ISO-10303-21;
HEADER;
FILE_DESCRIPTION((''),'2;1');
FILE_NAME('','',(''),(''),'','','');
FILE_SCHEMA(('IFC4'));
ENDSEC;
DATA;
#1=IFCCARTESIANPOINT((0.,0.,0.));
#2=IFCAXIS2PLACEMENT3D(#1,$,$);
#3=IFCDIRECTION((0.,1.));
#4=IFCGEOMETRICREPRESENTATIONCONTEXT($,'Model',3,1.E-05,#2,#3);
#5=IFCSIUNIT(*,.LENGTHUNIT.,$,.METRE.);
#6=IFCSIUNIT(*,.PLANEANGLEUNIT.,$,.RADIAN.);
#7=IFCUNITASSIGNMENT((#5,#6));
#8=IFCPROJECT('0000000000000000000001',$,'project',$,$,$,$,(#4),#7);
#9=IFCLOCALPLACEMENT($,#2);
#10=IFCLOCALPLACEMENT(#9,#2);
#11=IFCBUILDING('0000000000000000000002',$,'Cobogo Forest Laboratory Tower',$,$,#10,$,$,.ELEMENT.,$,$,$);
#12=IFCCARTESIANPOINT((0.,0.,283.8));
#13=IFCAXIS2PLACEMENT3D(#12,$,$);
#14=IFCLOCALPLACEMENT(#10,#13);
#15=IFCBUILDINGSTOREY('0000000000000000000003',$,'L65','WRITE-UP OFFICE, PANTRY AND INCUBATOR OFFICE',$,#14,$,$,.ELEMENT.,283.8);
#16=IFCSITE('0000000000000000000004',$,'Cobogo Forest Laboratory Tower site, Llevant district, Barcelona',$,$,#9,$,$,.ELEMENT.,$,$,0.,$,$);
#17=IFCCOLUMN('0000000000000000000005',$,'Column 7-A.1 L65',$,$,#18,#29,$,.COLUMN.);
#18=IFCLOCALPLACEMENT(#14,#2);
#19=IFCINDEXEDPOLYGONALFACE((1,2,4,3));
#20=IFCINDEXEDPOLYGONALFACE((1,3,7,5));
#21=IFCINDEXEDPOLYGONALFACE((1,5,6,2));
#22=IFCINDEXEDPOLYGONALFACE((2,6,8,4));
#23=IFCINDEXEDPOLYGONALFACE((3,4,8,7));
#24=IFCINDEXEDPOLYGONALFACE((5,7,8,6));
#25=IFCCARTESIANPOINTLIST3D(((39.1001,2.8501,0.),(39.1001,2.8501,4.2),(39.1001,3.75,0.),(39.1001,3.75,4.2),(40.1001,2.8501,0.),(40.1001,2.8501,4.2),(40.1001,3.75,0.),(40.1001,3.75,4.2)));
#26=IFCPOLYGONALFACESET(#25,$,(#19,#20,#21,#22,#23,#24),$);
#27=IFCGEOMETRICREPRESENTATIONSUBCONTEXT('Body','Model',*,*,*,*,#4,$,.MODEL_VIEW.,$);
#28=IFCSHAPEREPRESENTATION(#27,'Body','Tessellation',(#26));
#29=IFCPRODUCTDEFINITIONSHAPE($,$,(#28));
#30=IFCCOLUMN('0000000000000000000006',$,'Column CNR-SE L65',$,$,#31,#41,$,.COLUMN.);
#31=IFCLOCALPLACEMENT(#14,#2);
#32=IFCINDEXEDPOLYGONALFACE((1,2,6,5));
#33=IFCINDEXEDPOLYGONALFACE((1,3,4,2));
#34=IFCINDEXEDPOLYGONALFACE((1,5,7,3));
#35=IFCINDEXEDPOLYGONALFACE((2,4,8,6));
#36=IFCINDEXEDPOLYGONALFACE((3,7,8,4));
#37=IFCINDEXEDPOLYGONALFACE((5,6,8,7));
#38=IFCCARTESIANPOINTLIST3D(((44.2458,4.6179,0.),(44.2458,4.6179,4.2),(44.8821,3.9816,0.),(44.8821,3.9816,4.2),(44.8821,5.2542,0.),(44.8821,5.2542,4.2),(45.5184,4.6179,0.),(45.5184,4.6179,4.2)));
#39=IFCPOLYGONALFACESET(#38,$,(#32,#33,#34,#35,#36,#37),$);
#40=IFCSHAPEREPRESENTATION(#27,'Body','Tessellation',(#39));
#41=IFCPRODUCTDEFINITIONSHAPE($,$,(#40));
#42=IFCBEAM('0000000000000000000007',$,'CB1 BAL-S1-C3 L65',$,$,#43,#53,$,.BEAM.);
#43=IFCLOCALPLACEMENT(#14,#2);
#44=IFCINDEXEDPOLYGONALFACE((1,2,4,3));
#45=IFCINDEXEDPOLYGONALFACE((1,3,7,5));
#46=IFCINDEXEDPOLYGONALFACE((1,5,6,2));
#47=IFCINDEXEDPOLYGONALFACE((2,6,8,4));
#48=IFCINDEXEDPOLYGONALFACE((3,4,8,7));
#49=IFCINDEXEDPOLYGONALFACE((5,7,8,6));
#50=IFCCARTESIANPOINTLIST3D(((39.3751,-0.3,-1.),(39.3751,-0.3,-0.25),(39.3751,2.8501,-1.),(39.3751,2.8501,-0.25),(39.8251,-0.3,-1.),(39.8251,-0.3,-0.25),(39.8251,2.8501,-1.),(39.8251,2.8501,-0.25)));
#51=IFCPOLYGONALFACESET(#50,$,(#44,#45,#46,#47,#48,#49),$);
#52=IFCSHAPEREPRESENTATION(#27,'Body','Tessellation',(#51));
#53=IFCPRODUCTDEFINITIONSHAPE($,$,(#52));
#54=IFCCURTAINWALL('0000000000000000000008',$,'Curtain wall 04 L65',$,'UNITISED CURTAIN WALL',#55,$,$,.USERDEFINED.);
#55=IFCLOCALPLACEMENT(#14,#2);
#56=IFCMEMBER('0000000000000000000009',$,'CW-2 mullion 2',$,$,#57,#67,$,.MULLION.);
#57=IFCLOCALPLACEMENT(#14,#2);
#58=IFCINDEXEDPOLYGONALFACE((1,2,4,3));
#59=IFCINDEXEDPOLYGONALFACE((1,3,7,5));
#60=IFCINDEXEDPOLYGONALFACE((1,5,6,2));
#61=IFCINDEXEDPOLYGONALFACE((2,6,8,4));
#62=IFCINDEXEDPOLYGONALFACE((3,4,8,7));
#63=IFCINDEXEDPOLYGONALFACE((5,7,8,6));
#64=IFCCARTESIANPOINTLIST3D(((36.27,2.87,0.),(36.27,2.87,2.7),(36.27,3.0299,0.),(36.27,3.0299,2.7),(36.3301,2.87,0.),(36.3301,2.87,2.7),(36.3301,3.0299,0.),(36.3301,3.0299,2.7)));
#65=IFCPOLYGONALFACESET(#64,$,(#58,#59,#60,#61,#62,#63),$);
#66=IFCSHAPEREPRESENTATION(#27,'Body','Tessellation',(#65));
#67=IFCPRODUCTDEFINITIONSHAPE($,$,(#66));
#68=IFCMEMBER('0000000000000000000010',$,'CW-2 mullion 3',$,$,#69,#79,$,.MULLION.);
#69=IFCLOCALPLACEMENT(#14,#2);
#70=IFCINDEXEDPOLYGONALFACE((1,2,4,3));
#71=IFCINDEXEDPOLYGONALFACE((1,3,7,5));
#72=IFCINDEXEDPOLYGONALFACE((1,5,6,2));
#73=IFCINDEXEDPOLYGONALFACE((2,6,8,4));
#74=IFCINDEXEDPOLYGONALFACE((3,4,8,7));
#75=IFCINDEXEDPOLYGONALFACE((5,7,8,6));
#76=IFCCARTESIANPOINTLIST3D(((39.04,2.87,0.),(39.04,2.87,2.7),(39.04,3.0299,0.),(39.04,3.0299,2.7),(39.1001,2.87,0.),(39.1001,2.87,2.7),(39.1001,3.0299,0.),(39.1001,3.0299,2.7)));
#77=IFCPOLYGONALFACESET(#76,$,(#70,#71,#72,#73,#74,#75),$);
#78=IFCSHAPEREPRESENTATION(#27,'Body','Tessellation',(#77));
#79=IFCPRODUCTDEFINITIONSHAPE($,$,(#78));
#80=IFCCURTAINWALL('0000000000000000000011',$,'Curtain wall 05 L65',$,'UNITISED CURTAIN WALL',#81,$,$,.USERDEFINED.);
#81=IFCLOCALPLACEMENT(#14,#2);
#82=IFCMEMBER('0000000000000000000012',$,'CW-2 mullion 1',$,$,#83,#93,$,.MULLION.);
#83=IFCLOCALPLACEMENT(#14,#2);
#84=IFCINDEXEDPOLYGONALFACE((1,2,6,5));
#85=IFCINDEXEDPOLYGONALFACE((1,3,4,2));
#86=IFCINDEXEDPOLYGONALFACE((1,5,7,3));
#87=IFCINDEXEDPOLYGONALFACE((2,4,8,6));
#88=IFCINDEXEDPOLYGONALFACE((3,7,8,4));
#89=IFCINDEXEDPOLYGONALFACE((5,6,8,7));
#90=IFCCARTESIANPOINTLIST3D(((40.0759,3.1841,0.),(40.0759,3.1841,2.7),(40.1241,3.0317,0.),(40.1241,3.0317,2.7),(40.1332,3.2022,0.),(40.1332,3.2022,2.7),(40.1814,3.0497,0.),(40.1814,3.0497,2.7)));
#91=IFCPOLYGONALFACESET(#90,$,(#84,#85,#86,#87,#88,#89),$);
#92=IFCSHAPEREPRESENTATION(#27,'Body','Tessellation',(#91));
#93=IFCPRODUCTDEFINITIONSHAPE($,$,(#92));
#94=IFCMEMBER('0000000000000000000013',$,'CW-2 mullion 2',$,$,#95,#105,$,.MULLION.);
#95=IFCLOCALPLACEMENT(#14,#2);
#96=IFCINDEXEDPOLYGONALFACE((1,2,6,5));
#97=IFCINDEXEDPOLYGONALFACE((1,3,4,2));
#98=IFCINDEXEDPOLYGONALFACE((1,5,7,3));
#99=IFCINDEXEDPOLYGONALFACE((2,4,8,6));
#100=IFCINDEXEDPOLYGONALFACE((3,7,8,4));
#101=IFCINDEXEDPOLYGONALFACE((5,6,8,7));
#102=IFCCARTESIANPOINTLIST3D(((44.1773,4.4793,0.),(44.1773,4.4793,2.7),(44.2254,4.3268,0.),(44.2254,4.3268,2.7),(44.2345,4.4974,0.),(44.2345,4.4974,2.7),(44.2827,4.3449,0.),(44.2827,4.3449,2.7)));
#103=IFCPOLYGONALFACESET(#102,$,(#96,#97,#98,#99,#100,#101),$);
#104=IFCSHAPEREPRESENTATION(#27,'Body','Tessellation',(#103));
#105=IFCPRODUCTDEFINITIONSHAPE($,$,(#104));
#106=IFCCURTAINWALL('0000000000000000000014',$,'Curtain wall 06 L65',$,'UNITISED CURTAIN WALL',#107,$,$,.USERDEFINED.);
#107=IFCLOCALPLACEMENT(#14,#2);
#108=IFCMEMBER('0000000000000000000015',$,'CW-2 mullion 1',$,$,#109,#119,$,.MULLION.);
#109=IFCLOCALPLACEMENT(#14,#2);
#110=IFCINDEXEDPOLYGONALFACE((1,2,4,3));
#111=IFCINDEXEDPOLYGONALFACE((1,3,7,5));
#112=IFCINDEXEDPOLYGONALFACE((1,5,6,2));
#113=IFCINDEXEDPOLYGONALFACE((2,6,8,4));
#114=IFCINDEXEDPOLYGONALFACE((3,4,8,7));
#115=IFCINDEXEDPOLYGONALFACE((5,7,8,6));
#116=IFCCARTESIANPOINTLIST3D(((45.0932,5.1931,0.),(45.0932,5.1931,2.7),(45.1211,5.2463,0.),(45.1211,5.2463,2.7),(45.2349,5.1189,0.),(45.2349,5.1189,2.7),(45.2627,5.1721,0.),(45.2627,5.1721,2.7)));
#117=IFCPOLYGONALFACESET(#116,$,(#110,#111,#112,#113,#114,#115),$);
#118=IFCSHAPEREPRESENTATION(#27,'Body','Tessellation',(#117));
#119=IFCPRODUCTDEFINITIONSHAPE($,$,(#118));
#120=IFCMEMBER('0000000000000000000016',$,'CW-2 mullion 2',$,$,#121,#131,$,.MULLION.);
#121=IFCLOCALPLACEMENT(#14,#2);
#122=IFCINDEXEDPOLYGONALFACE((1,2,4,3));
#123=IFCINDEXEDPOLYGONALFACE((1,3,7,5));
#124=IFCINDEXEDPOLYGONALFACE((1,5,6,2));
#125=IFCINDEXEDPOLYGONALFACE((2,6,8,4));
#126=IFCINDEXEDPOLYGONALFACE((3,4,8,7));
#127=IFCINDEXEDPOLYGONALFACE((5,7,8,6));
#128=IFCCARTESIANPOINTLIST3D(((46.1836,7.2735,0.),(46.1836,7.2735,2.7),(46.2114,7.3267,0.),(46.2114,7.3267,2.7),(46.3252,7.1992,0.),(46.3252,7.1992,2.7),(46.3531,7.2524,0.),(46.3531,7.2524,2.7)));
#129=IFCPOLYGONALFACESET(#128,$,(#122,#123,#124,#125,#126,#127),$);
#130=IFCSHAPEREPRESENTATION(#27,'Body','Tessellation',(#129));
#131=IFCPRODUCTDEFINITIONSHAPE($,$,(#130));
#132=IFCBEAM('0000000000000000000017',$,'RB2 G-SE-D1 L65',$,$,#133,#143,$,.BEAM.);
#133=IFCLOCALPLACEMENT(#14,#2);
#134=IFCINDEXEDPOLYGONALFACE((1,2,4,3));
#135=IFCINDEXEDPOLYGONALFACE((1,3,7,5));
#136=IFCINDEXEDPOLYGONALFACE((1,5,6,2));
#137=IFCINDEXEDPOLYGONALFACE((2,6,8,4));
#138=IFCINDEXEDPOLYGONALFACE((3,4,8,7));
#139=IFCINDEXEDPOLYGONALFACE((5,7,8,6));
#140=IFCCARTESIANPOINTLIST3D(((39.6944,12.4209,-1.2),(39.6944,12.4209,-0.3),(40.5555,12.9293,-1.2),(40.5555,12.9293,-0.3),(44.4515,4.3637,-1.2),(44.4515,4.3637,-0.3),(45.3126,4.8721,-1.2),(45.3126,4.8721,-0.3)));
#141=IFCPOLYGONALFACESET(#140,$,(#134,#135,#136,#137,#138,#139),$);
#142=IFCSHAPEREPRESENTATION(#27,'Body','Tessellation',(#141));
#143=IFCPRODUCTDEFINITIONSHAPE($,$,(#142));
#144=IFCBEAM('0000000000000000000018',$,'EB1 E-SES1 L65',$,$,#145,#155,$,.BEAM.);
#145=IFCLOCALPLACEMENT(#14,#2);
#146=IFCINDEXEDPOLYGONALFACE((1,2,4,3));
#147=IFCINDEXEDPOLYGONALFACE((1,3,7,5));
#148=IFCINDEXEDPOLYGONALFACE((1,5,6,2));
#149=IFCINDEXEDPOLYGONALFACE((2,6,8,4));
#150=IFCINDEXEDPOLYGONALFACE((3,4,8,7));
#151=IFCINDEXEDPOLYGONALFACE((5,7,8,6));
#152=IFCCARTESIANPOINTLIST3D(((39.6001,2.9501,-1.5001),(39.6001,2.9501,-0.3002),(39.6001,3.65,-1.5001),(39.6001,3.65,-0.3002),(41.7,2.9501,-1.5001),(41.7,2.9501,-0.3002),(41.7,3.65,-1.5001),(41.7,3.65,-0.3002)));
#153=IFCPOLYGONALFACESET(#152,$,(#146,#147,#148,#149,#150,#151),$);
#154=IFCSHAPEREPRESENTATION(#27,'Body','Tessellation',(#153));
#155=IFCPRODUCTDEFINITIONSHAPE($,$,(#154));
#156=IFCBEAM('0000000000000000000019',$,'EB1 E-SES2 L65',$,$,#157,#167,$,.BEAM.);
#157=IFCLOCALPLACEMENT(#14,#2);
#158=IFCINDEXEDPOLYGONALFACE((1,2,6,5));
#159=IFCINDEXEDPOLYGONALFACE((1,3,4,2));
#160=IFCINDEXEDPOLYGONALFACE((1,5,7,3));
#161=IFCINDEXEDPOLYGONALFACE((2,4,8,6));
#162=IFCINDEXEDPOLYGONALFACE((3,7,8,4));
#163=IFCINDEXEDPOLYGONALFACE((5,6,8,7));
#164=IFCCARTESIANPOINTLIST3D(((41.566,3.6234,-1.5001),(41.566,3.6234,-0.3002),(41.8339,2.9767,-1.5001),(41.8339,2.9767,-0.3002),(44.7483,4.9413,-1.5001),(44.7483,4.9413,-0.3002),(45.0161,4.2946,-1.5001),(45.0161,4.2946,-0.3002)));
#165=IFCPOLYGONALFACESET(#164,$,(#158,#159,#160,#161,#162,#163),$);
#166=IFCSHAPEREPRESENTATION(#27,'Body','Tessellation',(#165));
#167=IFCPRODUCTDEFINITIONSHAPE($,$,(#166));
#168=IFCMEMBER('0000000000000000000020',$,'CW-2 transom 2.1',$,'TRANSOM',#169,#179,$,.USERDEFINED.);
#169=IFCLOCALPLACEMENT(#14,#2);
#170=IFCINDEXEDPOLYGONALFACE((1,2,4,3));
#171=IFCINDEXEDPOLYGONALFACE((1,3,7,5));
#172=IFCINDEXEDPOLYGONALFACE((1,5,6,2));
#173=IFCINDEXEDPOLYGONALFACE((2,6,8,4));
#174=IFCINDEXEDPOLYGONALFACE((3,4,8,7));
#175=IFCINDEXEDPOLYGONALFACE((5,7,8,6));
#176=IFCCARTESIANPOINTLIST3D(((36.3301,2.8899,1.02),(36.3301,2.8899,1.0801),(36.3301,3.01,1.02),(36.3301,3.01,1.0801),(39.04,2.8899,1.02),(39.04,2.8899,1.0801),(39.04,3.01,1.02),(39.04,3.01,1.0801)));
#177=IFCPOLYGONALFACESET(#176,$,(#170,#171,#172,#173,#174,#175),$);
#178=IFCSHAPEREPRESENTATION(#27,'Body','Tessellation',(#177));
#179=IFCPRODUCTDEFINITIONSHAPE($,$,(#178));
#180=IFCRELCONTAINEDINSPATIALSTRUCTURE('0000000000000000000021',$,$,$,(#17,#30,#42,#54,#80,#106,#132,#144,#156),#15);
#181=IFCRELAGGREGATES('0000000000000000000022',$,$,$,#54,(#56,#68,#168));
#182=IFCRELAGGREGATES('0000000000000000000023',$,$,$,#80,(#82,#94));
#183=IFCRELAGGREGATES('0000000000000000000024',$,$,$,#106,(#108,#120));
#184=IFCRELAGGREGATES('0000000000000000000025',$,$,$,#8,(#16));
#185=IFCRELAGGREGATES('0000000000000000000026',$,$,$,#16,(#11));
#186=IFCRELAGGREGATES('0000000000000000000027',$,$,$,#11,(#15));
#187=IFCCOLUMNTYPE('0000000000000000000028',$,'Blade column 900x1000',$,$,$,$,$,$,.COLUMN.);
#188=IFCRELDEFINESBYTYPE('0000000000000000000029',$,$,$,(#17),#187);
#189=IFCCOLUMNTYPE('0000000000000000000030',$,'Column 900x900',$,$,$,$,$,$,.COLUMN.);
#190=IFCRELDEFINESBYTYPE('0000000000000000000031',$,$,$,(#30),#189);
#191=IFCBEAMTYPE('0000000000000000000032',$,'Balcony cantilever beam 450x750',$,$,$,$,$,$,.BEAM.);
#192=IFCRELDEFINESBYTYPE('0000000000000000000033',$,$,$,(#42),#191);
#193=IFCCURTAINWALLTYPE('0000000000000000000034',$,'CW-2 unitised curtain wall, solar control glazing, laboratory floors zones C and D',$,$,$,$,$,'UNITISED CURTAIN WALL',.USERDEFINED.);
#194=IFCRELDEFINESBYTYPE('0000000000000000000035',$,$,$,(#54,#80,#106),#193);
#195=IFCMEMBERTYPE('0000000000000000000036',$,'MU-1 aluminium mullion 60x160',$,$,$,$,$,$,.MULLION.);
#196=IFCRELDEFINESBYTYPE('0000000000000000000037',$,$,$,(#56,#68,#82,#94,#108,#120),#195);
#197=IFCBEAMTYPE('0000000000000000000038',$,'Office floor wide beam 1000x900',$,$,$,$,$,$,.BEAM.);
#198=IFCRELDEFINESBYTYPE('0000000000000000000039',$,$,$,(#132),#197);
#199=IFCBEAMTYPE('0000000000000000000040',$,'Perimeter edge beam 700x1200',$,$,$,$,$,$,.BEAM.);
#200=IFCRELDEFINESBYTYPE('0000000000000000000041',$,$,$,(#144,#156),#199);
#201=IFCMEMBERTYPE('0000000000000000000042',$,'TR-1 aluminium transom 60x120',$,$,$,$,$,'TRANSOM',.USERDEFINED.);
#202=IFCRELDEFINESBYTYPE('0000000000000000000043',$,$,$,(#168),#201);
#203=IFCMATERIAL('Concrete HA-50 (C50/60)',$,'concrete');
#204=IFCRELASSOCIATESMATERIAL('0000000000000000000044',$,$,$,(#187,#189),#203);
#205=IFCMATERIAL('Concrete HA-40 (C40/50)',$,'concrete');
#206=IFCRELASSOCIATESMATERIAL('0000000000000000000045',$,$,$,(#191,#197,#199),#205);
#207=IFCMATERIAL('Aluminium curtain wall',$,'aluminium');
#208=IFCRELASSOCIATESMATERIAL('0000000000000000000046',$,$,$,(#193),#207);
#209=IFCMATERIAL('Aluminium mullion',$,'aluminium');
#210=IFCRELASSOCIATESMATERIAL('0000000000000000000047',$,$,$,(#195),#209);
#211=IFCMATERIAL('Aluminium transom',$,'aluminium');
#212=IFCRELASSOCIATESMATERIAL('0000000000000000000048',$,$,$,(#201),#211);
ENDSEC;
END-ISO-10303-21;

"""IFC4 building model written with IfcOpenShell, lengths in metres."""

from ifc_helpers import new_model, si_unit, direction, frame, origin, origin_2d, place, context, subcontext, project, spatial, rectangle, extrude, material, material_profile, profile_set, type_object, element, aggregate, save


model = new_model("IFC4")

# Units and contexts
model_context = context("Model", 3, precision=1e-05, world=origin(), true_north=direction((0.0, 1.0)))
body_context = subcontext(model_context, "Body", "Model", "MODEL_VIEW")
ifc_project = project(units=[si_unit("LENGTHUNIT", "METRE"), si_unit("PLANEANGLEUNIT", "RADIAN")], contexts=[model_context])

# Site, building, storey
site_placement = place(None, origin())
site = spatial("IfcSite", under=ifc_project, at=site_placement, Name="Cobogo Forest Laboratory Tower site, Llevant district, Barcelona", CompositionType="ELEMENT", RefElevation=0.0)
building_placement = place(site_placement, origin())
building = spatial("IfcBuilding", under=site, at=building_placement, Name="Cobogo Forest Laboratory Tower", CompositionType="ELEMENT")
storey_placement = place(building_placement, frame((0.0, 0.0, 283.8)))
storey = spatial("IfcBuildingStorey", under=building, at=storey_placement, Name="L65", Description="WRITE-UP OFFICE, PANTRY AND INCUBATOR OFFICE", CompositionType="ELEMENT", Elevation=283.8)

# Columns
ifc_material_1 = material(Name="Concrete HA-50 (C50/60)", Category="concrete")
ifc_material_profile_1 = material_profile(ifc_material_1, rectangle(XDim=1.0, YDim=0.8999, at=origin_2d()), Name="RC 900x1000")
ifc_profile_set_1 = profile_set([ifc_material_profile_1], Name="Concrete HA-50 (C50/60)")
column_type_1 = type_object("IfcColumnType", Name="Blade column 900x1000", PredefinedType="COLUMN", material=ifc_profile_set_1)
column_1_placement = place(storey_placement, frame((39.6001, 3.3, 0.0), z_axis=(0.0, 0.0, 1.0), x_axis=(1.0, 0.0, 0.0)))
element("IfcColumn", 1, at=column_1_placement, inside=storey, type_object=column_type_1, Name="Column 7-A.1 L65", PredefinedType="COLUMN", context=body_context, shape_type="SweptSolid", body=[
    extrude(rectangle(XDim=1.0, YDim=0.8999, at=origin_2d()), origin(), (0.0, 0.0, 1.0), 4.2),
])
ifc_material_profile_2 = material_profile(ifc_material_1, rectangle(XDim=0.8999, YDim=0.8999, at=origin_2d()), Name="RC 900x900")
ifc_profile_set_2 = profile_set([ifc_material_profile_2], Name="Concrete HA-50 (C50/60)")
column_type_2 = type_object("IfcColumnType", Name="Column 900x900", PredefinedType="COLUMN", material=ifc_profile_set_2)
column_2_placement = place(storey_placement, frame((44.8821, 4.6179, 0.0), z_axis=(0.0, 0.0, 1.0), x_axis=(0.707107, 0.707107, 0.0)))
element("IfcColumn", 2, at=column_2_placement, inside=storey, type_object=column_type_2, Name="Column CNR-SE L65", PredefinedType="COLUMN", context=body_context, shape_type="SweptSolid", body=[
    extrude(rectangle(XDim=0.8999, YDim=0.8999, at=origin_2d()), origin(), (0.0, 0.0, 1.0), 4.2),
])

# Beam
ifc_material_2 = material(Name="Concrete HA-40 (C40/50)", Category="concrete")
ifc_material_profile_3 = material_profile(ifc_material_2, rectangle(XDim=0.45, YDim=0.75, at=origin_2d()), Name="RC 450x750")
ifc_profile_set_3 = profile_set([ifc_material_profile_3], Name="Concrete HA-40 (C40/50)")
beam_type_1 = type_object("IfcBeamType", Name="Balcony cantilever beam 450x750", PredefinedType="BEAM", material=ifc_profile_set_3)
beam_1_placement = place(storey_placement, frame((39.6001, 2.8501, -0.625), z_axis=(0.0, -1.0, 0.0), x_axis=(1.0, 0.0, 0.0)))
element("IfcBeam", 3, at=beam_1_placement, inside=storey, type_object=beam_type_1, Name="CB1 BAL-S1-C3 L65", PredefinedType="BEAM", context=body_context, shape_type="SweptSolid", body=[
    extrude(rectangle(XDim=0.45, YDim=0.75, at=origin_2d()), origin(), (0.0, 0.0, 1.0), 3.1501),
])

# Curtain walls, members
ifc_material_3 = material(Name="Aluminium curtain wall", Category="aluminium")
curtain_wall_type = type_object("IfcCurtainWallType", Name="CW-2 unitised curtain wall, solar control glazing, laboratory floors zones C and D", ElementType="UNITISED CURTAIN WALL", PredefinedType="USERDEFINED", material=ifc_material_3)
curtain_wall_1_placement = place(storey_placement, origin())
curtain_wall_1 = element("IfcCurtainWall", 4, at=curtain_wall_1_placement, inside=storey, type_object=curtain_wall_type, Name="Curtain wall 04 L65", ObjectType="UNITISED CURTAIN WALL", PredefinedType="USERDEFINED")
ifc_material_4 = material(Name="Aluminium mullion", Category="aluminium")
ifc_material_profile_4 = material_profile(ifc_material_4, rectangle(XDim=0.0601, YDim=0.1599, at=origin_2d()), Name="AL 60x160")
ifc_profile_set_4 = profile_set([ifc_material_profile_4], Name="Aluminium mullion")
member_type_1 = type_object("IfcMemberType", Name="MU-1 aluminium mullion 60x160", PredefinedType="MULLION", material=ifc_profile_set_4)
member_1_placement = place(storey_placement, frame((36.3, 2.95, 0.0), z_axis=(0.0, 0.0, 1.0), x_axis=(1.0, 0.0, 0.0)))
member_1 = element("IfcMember", 5, at=member_1_placement, type_object=member_type_1, Name="CW-2 mullion 2", PredefinedType="MULLION", context=body_context, shape_type="SweptSolid", body=[
    extrude(rectangle(XDim=0.0601, YDim=0.1599, at=origin_2d()), origin(), (0.0, 0.0, 1.0), 2.7),
])
member_2_placement = place(storey_placement, frame((39.0701, 2.95, 0.0), z_axis=(0.0, 0.0, 1.0), x_axis=(1.0, 0.0, 0.0)))
member_2 = element("IfcMember", 6, at=member_2_placement, type_object=member_type_1, Name="CW-2 mullion 3", PredefinedType="MULLION", context=body_context, shape_type="SweptSolid", body=[
    extrude(rectangle(XDim=0.0601, YDim=0.1599, at=origin_2d()), origin(), (0.0, 0.0, 1.0), 2.7),
])
curtain_wall_2_placement = place(storey_placement, origin())
curtain_wall_2 = element("IfcCurtainWall", 7, at=curtain_wall_2_placement, inside=storey, type_object=curtain_wall_type, Name="Curtain wall 05 L65", ObjectType="UNITISED CURTAIN WALL", PredefinedType="USERDEFINED")
member_3_placement = place(storey_placement, frame((40.1287, 3.1169, 0.0), z_axis=(0.0, 0.0, 1.0), x_axis=(0.953581, 0.301135, 0.0)))
member_3 = element("IfcMember", 8, at=member_3_placement, type_object=member_type_1, Name="CW-2 mullion 1", PredefinedType="MULLION", context=body_context, shape_type="SweptSolid", body=[
    extrude(rectangle(XDim=0.0601, YDim=0.1599, at=origin_2d()), origin(), (0.0, 0.0, 1.0), 2.7),
])
member_4_placement = place(storey_placement, frame((44.23, 4.4121, 0.0), z_axis=(0.0, 0.0, 1.0), x_axis=(0.953581, 0.301135, 0.0)))
member_4 = element("IfcMember", 9, at=member_4_placement, type_object=member_type_1, Name="CW-2 mullion 2", PredefinedType="MULLION", context=body_context, shape_type="SweptSolid", body=[
    extrude(rectangle(XDim=0.0601, YDim=0.1599, at=origin_2d()), origin(), (0.0, 0.0, 1.0), 2.7),
])
curtain_wall_3_placement = place(storey_placement, origin())
curtain_wall_3 = element("IfcCurtainWall", 10, at=curtain_wall_3_placement, inside=storey, type_object=curtain_wall_type, Name="Curtain wall 06 L65", ObjectType="UNITISED CURTAIN WALL", PredefinedType="USERDEFINED")
member_5_placement = place(storey_placement, frame((45.178, 5.1826, 0.0), z_axis=(0.0, 0.0, 1.0), x_axis=(0.464284, 0.885686, 0.0)))
member_5 = element("IfcMember", 11, at=member_5_placement, type_object=member_type_1, Name="CW-2 mullion 1", PredefinedType="MULLION", context=body_context, shape_type="SweptSolid", body=[
    extrude(rectangle(XDim=0.0601, YDim=0.1599, at=origin_2d()), origin(), (0.0, 0.0, 1.0), 2.7),
])
member_6_placement = place(storey_placement, frame((46.2683, 7.2629, 0.0), z_axis=(0.0, 0.0, 1.0), x_axis=(0.464284, 0.885686, 0.0)))
member_6 = element("IfcMember", 12, at=member_6_placement, type_object=member_type_1, Name="CW-2 mullion 2", PredefinedType="MULLION", context=body_context, shape_type="SweptSolid", body=[
    extrude(rectangle(XDim=0.0601, YDim=0.1599, at=origin_2d()), origin(), (0.0, 0.0, 1.0), 2.7),
])

# Beams
ifc_material_profile_5 = material_profile(ifc_material_2, rectangle(XDim=1.0, YDim=0.8999, at=origin_2d()), Name="RC 1000x900")
ifc_profile_set_5 = profile_set([ifc_material_profile_5], Name="Concrete HA-40 (C40/50)")
beam_type_2 = type_object("IfcBeamType", Name="Office floor wide beam 1000x900", PredefinedType="BEAM", material=ifc_profile_set_5)
beam_2_placement = place(storey_placement, frame((44.8821, 4.6179, -0.75), z_axis=(-0.508416, 0.861111, 0.0), x_axis=(-0.861111, -0.508416, 0.0)))
element("IfcBeam", 13, at=beam_2_placement, inside=storey, type_object=beam_type_2, Name="RB2 G-SE-D1 L65", PredefinedType="BEAM", context=body_context, shape_type="SweptSolid", body=[
    extrude(rectangle(XDim=1.0, YDim=0.8999, at=origin_2d()), origin(), (0.0, 0.0, 1.0), 9.3567),
])
ifc_material_profile_6 = material_profile(ifc_material_2, rectangle(XDim=0.7, YDim=1.2, at=origin_2d()), Name="RC 700x1200")
ifc_profile_set_6 = profile_set([ifc_material_profile_6], Name="Concrete HA-40 (C40/50)")
beam_type_3 = type_object("IfcBeamType", Name="Perimeter edge beam 700x1200", PredefinedType="BEAM", material=ifc_profile_set_6)
beam_3_placement = place(storey_placement, frame((39.6001, 3.3, -0.9001), z_axis=(1.0, 0.0, 0.0), x_axis=(0.0, 1.0, 0.0)))
element("IfcBeam", 14, at=beam_3_placement, inside=storey, type_object=beam_type_3, Name="EB1 E-SES1 L65", PredefinedType="BEAM", context=body_context, shape_type="SweptSolid", body=[
    extrude(rectangle(XDim=0.7, YDim=1.2, at=origin_2d()), origin(), (0.0, 0.0, 1.0), 2.0999),
])
beam_4_placement = place(storey_placement, frame((41.7, 3.3, -0.9001), z_axis=(0.923901, 0.382631, 0.0), x_axis=(-0.382631, 0.923901, 0.0)))
element("IfcBeam", 15, at=beam_4_placement, inside=storey, type_object=beam_type_3, Name="EB1 E-SES2 L65", PredefinedType="BEAM", context=body_context, shape_type="SweptSolid", body=[
    extrude(rectangle(XDim=0.7, YDim=1.2, at=origin_2d()), origin(), (0.0, 0.0, 1.0), 3.4443),
])

# Member
ifc_material_5 = material(Name="Aluminium transom", Category="aluminium")
ifc_material_profile_7 = material_profile(ifc_material_5, rectangle(XDim=0.1201, YDim=0.0601, at=origin_2d()), Name="AL 60x120")
ifc_profile_set_7 = profile_set([ifc_material_profile_7], Name="Aluminium transom")
member_type_2 = type_object("IfcMemberType", Name="TR-1 aluminium transom 60x120", ElementType="TRANSOM", PredefinedType="USERDEFINED", material=ifc_profile_set_7)
member_7_placement = place(storey_placement, frame((36.3301, 2.95, 1.05), z_axis=(1.0, 0.0, 0.0), x_axis=(0.0, 1.0, 0.0)))
member_7 = element("IfcMember", 16, at=member_7_placement, type_object=member_type_2, Name="CW-2 transom 2.1", ObjectType="TRANSOM", PredefinedType="USERDEFINED", context=body_context, shape_type="SweptSolid", body=[
    extrude(rectangle(XDim=0.1201, YDim=0.0601, at=origin_2d()), origin(), (0.0, 0.0, 1.0), 2.71),
])

aggregate(curtain_wall_1, [member_1, member_2, member_7])
aggregate(curtain_wall_2, [member_3, member_4])
aggregate(curtain_wall_3, [member_5, member_6])

save(model, "model.ifc")
